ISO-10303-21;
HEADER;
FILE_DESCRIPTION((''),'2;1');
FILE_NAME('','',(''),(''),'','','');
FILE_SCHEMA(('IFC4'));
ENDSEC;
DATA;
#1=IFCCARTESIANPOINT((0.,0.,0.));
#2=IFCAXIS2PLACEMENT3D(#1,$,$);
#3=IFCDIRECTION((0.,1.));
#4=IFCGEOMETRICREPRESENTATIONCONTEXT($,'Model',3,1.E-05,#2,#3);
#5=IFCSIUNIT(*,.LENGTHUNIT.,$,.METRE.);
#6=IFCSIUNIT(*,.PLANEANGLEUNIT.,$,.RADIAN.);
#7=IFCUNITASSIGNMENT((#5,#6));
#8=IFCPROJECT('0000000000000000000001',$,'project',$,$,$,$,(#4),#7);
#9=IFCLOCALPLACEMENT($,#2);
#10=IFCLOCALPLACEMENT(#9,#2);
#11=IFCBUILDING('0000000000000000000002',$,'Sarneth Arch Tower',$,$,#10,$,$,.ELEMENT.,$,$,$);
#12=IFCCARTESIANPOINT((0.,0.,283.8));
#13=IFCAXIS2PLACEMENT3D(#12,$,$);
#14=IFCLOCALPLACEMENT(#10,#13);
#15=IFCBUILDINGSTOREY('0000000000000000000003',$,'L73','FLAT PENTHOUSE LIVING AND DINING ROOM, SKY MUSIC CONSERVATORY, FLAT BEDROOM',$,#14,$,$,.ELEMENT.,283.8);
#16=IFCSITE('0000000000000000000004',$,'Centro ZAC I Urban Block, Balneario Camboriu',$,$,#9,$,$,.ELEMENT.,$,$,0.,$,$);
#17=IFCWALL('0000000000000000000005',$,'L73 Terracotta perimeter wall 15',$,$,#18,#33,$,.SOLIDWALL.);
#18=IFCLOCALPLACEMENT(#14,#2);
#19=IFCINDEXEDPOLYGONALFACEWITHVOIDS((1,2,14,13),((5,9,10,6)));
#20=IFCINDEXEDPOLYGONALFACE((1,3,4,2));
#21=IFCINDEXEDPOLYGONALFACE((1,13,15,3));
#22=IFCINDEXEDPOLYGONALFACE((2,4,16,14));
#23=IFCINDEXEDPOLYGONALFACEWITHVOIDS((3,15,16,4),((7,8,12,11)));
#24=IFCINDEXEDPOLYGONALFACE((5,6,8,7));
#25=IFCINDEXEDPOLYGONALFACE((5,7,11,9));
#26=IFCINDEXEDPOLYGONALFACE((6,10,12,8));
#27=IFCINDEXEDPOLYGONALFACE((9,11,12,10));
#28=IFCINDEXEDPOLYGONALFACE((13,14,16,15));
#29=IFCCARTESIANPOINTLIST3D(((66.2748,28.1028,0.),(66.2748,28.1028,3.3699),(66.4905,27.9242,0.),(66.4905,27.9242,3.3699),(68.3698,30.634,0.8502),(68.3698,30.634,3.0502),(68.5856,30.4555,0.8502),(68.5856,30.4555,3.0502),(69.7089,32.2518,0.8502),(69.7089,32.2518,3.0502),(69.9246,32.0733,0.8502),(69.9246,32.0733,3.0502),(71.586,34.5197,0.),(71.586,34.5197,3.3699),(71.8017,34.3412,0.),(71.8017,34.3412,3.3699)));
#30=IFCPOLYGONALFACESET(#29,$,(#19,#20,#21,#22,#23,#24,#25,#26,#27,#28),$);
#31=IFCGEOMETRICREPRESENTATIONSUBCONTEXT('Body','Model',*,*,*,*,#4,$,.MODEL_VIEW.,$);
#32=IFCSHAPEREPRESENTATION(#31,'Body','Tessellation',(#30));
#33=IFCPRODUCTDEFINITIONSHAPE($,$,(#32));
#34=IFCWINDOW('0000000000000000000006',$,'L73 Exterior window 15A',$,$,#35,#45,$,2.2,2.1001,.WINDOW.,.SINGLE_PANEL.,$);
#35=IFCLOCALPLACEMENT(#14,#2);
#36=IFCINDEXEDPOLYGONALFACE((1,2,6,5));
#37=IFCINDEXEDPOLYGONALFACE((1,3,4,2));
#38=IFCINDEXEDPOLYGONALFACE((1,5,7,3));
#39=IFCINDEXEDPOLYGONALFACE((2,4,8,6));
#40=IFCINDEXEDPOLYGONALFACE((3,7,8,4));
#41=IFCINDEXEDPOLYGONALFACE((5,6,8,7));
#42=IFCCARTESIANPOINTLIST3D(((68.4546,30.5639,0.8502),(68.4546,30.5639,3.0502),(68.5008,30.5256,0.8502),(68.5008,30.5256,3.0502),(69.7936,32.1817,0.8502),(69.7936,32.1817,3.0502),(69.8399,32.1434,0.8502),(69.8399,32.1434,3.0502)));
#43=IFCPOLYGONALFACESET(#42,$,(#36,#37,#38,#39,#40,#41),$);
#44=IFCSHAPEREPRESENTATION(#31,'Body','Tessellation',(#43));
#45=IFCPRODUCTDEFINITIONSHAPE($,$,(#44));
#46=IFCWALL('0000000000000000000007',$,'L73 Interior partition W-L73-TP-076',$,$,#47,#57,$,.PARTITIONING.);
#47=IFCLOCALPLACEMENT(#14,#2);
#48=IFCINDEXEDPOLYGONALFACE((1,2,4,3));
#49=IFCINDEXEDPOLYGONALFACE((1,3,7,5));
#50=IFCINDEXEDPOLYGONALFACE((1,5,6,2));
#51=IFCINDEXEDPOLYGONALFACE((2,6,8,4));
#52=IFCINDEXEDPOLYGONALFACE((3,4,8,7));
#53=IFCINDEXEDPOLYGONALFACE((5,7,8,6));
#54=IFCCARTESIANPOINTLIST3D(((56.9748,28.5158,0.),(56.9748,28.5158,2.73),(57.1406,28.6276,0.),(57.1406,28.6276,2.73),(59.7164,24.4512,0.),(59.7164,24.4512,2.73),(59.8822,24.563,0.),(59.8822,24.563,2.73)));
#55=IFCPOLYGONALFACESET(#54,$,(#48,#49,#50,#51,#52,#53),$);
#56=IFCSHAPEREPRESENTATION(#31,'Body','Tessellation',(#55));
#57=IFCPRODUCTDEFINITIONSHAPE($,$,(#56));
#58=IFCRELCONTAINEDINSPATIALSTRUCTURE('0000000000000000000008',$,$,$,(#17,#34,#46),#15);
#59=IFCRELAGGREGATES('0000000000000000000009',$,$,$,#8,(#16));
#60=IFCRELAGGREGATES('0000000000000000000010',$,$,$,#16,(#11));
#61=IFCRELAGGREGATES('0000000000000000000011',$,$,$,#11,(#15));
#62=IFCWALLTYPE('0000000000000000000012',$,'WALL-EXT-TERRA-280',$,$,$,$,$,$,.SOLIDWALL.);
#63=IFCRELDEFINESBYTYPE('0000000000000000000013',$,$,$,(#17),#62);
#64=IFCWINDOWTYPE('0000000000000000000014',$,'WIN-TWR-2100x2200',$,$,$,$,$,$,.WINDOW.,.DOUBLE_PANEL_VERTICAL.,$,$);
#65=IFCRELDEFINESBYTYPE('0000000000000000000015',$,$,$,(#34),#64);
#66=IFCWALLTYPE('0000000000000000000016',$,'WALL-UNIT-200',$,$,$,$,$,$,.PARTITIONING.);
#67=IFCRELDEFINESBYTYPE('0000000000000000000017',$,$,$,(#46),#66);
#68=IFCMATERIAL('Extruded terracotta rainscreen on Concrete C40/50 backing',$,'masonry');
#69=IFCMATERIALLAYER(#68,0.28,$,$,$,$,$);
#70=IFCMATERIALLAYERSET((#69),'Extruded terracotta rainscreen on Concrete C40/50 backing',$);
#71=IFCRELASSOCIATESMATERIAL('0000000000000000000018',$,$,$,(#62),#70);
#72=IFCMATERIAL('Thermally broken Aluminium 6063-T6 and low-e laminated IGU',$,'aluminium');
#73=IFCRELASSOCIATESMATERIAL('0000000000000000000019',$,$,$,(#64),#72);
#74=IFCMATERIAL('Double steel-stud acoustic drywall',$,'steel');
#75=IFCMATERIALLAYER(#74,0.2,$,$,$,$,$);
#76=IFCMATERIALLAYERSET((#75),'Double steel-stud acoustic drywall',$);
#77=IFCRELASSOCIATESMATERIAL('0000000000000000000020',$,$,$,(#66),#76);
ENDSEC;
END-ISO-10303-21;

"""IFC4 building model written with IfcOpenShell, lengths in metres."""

from ifc_helpers import new_model, si_unit, direction, frame, frame_2d, origin, place, context, subcontext, project, spatial, rectangle, extrude, material, layer, layer_set, type_object, element, fill, save


model = new_model("IFC4")

# Units and contexts
model_context = context("Model", 3, precision=1e-05, world=origin(), true_north=direction((0.0, 1.0)))
body_context = subcontext(model_context, "Body", "Model", "MODEL_VIEW")
ifc_project = project(units=[si_unit("LENGTHUNIT", "METRE"), si_unit("PLANEANGLEUNIT", "RADIAN")], contexts=[model_context])

# Site, building, storey
site_placement = place(None, origin())
site = spatial("IfcSite", under=ifc_project, at=site_placement, Name="Centro ZAC I Urban Block, Balneario Camboriu", CompositionType="ELEMENT", RefElevation=0.0)
building_placement = place(site_placement, origin())
building = spatial("IfcBuilding", under=site, at=building_placement, Name="Sarneth Arch Tower", CompositionType="ELEMENT")
storey_placement = place(building_placement, frame((0.0, 0.0, 283.8)))
storey = spatial("IfcBuildingStorey", under=building, at=storey_placement, Name="L73", Description="FLAT PENTHOUSE LIVING AND DINING ROOM, SKY MUSIC CONSERVATORY, FLAT BEDROOM", CompositionType="ELEMENT", Elevation=283.8)

# Wall, opening, window
ifc_material_1 = material(Name="Extruded terracotta rainscreen on Concrete C40/50 backing", Category="masonry")
ifc_layer_1 = layer(ifc_material_1, 0.28)
ifc_layer_set_1 = layer_set([ifc_layer_1], Name="Extruded terracotta rainscreen on Concrete C40/50 backing")
wall_type_1 = type_object("IfcWallType", Name="WALL-EXT-TERRA-280", PredefinedType="SOLIDWALL", material=ifc_layer_set_1)
wall_1_placement = place(storey_placement, frame((66.3826, 28.0134, 0.0), z_axis=(0.0, 0.0, 1.0), x_axis=(0.637615, 0.770355, 0.0)))
wall_1 = element("IfcWall", 1, at=wall_1_placement, inside=storey, type_object=wall_type_1, Name="L73 Terracotta perimeter wall 15", PredefinedType="SOLIDWALL", context=body_context, shape_type="SweptSolid", body=[
    extrude(rectangle(XDim=8.3298, YDim=0.28, at=frame_2d((4.165, 0.0))), origin(), (0.0, 0.0, 1.0), 3.3699),
])
opening_placement = place(wall_1_placement, frame((3.2859, 0.0, 0.8501)))
opening = element("IfcOpeningElement", 2, at=opening_placement, cuts=wall_1, PredefinedType="OPENING", context=body_context, shape_type="SweptSolid", body=[
    extrude(rectangle(XDim=2.1001, YDim=2.2, at=frame_2d((1.05, 1.1001))), frame((0.0, 0.1499, 0.0), z_axis=(0.0, -1.0, 0.0), x_axis=(1.0, 0.0, 0.0)), (0.0, 0.0, 1.0), 0.3),
])
ifc_material_2 = material(Name="Thermally broken Aluminium 6063-T6 and low-e laminated IGU", Category="aluminium")
window_type = type_object("IfcWindowType", Name="WIN-TWR-2100x2200", PartitioningType="DOUBLE_PANEL_VERTICAL", PredefinedType="WINDOW", material=ifc_material_2)
window_placement = place(opening_placement, origin())
window = element("IfcWindow", 3, at=window_placement, inside=storey, type_object=window_type, Name="L73 Exterior window 15A", OverallHeight=2.2, OverallWidth=2.1001, PartitioningType="SINGLE_PANEL", PredefinedType="WINDOW", context=body_context, shape_type="SweptSolid", body=[
    extrude(rectangle(XDim=2.1001, YDim=2.2, at=frame_2d((1.05, 1.1001))), frame((0.0, 0.03, 0.0), z_axis=(0.0, -1.0, 0.0), x_axis=(1.0, 0.0, 0.0)), (0.0, 0.0, 1.0), 0.0601),
])
fill(opening, window)

# Wall
ifc_material_3 = material(Name="Double steel-stud acoustic drywall", Category="steel")
ifc_layer_2 = layer(ifc_material_3, 0.2)
ifc_layer_set_2 = layer_set([ifc_layer_2], Name="Double steel-stud acoustic drywall")
wall_type_2 = type_object("IfcWallType", Name="WALL-UNIT-200", PredefinedType="PARTITIONING", material=ifc_layer_set_2)
wall_2_placement = place(storey_placement, frame((59.7993, 24.5071, 0.0), z_axis=(0.0, 0.0, 1.0), x_axis=(-0.559197, 0.829035, 0.0)))
element("IfcWall", 4, at=wall_2_placement, inside=storey, type_object=wall_type_2, Name="L73 Interior partition W-L73-TP-076", PredefinedType="PARTITIONING", context=body_context, shape_type="SweptSolid", body=[
    extrude(rectangle(XDim=4.9028, YDim=0.2, at=frame_2d((2.4514, 0.0))), origin(), (0.0, 0.0, 1.0), 2.73),
])

save(model, "model.ifc")
